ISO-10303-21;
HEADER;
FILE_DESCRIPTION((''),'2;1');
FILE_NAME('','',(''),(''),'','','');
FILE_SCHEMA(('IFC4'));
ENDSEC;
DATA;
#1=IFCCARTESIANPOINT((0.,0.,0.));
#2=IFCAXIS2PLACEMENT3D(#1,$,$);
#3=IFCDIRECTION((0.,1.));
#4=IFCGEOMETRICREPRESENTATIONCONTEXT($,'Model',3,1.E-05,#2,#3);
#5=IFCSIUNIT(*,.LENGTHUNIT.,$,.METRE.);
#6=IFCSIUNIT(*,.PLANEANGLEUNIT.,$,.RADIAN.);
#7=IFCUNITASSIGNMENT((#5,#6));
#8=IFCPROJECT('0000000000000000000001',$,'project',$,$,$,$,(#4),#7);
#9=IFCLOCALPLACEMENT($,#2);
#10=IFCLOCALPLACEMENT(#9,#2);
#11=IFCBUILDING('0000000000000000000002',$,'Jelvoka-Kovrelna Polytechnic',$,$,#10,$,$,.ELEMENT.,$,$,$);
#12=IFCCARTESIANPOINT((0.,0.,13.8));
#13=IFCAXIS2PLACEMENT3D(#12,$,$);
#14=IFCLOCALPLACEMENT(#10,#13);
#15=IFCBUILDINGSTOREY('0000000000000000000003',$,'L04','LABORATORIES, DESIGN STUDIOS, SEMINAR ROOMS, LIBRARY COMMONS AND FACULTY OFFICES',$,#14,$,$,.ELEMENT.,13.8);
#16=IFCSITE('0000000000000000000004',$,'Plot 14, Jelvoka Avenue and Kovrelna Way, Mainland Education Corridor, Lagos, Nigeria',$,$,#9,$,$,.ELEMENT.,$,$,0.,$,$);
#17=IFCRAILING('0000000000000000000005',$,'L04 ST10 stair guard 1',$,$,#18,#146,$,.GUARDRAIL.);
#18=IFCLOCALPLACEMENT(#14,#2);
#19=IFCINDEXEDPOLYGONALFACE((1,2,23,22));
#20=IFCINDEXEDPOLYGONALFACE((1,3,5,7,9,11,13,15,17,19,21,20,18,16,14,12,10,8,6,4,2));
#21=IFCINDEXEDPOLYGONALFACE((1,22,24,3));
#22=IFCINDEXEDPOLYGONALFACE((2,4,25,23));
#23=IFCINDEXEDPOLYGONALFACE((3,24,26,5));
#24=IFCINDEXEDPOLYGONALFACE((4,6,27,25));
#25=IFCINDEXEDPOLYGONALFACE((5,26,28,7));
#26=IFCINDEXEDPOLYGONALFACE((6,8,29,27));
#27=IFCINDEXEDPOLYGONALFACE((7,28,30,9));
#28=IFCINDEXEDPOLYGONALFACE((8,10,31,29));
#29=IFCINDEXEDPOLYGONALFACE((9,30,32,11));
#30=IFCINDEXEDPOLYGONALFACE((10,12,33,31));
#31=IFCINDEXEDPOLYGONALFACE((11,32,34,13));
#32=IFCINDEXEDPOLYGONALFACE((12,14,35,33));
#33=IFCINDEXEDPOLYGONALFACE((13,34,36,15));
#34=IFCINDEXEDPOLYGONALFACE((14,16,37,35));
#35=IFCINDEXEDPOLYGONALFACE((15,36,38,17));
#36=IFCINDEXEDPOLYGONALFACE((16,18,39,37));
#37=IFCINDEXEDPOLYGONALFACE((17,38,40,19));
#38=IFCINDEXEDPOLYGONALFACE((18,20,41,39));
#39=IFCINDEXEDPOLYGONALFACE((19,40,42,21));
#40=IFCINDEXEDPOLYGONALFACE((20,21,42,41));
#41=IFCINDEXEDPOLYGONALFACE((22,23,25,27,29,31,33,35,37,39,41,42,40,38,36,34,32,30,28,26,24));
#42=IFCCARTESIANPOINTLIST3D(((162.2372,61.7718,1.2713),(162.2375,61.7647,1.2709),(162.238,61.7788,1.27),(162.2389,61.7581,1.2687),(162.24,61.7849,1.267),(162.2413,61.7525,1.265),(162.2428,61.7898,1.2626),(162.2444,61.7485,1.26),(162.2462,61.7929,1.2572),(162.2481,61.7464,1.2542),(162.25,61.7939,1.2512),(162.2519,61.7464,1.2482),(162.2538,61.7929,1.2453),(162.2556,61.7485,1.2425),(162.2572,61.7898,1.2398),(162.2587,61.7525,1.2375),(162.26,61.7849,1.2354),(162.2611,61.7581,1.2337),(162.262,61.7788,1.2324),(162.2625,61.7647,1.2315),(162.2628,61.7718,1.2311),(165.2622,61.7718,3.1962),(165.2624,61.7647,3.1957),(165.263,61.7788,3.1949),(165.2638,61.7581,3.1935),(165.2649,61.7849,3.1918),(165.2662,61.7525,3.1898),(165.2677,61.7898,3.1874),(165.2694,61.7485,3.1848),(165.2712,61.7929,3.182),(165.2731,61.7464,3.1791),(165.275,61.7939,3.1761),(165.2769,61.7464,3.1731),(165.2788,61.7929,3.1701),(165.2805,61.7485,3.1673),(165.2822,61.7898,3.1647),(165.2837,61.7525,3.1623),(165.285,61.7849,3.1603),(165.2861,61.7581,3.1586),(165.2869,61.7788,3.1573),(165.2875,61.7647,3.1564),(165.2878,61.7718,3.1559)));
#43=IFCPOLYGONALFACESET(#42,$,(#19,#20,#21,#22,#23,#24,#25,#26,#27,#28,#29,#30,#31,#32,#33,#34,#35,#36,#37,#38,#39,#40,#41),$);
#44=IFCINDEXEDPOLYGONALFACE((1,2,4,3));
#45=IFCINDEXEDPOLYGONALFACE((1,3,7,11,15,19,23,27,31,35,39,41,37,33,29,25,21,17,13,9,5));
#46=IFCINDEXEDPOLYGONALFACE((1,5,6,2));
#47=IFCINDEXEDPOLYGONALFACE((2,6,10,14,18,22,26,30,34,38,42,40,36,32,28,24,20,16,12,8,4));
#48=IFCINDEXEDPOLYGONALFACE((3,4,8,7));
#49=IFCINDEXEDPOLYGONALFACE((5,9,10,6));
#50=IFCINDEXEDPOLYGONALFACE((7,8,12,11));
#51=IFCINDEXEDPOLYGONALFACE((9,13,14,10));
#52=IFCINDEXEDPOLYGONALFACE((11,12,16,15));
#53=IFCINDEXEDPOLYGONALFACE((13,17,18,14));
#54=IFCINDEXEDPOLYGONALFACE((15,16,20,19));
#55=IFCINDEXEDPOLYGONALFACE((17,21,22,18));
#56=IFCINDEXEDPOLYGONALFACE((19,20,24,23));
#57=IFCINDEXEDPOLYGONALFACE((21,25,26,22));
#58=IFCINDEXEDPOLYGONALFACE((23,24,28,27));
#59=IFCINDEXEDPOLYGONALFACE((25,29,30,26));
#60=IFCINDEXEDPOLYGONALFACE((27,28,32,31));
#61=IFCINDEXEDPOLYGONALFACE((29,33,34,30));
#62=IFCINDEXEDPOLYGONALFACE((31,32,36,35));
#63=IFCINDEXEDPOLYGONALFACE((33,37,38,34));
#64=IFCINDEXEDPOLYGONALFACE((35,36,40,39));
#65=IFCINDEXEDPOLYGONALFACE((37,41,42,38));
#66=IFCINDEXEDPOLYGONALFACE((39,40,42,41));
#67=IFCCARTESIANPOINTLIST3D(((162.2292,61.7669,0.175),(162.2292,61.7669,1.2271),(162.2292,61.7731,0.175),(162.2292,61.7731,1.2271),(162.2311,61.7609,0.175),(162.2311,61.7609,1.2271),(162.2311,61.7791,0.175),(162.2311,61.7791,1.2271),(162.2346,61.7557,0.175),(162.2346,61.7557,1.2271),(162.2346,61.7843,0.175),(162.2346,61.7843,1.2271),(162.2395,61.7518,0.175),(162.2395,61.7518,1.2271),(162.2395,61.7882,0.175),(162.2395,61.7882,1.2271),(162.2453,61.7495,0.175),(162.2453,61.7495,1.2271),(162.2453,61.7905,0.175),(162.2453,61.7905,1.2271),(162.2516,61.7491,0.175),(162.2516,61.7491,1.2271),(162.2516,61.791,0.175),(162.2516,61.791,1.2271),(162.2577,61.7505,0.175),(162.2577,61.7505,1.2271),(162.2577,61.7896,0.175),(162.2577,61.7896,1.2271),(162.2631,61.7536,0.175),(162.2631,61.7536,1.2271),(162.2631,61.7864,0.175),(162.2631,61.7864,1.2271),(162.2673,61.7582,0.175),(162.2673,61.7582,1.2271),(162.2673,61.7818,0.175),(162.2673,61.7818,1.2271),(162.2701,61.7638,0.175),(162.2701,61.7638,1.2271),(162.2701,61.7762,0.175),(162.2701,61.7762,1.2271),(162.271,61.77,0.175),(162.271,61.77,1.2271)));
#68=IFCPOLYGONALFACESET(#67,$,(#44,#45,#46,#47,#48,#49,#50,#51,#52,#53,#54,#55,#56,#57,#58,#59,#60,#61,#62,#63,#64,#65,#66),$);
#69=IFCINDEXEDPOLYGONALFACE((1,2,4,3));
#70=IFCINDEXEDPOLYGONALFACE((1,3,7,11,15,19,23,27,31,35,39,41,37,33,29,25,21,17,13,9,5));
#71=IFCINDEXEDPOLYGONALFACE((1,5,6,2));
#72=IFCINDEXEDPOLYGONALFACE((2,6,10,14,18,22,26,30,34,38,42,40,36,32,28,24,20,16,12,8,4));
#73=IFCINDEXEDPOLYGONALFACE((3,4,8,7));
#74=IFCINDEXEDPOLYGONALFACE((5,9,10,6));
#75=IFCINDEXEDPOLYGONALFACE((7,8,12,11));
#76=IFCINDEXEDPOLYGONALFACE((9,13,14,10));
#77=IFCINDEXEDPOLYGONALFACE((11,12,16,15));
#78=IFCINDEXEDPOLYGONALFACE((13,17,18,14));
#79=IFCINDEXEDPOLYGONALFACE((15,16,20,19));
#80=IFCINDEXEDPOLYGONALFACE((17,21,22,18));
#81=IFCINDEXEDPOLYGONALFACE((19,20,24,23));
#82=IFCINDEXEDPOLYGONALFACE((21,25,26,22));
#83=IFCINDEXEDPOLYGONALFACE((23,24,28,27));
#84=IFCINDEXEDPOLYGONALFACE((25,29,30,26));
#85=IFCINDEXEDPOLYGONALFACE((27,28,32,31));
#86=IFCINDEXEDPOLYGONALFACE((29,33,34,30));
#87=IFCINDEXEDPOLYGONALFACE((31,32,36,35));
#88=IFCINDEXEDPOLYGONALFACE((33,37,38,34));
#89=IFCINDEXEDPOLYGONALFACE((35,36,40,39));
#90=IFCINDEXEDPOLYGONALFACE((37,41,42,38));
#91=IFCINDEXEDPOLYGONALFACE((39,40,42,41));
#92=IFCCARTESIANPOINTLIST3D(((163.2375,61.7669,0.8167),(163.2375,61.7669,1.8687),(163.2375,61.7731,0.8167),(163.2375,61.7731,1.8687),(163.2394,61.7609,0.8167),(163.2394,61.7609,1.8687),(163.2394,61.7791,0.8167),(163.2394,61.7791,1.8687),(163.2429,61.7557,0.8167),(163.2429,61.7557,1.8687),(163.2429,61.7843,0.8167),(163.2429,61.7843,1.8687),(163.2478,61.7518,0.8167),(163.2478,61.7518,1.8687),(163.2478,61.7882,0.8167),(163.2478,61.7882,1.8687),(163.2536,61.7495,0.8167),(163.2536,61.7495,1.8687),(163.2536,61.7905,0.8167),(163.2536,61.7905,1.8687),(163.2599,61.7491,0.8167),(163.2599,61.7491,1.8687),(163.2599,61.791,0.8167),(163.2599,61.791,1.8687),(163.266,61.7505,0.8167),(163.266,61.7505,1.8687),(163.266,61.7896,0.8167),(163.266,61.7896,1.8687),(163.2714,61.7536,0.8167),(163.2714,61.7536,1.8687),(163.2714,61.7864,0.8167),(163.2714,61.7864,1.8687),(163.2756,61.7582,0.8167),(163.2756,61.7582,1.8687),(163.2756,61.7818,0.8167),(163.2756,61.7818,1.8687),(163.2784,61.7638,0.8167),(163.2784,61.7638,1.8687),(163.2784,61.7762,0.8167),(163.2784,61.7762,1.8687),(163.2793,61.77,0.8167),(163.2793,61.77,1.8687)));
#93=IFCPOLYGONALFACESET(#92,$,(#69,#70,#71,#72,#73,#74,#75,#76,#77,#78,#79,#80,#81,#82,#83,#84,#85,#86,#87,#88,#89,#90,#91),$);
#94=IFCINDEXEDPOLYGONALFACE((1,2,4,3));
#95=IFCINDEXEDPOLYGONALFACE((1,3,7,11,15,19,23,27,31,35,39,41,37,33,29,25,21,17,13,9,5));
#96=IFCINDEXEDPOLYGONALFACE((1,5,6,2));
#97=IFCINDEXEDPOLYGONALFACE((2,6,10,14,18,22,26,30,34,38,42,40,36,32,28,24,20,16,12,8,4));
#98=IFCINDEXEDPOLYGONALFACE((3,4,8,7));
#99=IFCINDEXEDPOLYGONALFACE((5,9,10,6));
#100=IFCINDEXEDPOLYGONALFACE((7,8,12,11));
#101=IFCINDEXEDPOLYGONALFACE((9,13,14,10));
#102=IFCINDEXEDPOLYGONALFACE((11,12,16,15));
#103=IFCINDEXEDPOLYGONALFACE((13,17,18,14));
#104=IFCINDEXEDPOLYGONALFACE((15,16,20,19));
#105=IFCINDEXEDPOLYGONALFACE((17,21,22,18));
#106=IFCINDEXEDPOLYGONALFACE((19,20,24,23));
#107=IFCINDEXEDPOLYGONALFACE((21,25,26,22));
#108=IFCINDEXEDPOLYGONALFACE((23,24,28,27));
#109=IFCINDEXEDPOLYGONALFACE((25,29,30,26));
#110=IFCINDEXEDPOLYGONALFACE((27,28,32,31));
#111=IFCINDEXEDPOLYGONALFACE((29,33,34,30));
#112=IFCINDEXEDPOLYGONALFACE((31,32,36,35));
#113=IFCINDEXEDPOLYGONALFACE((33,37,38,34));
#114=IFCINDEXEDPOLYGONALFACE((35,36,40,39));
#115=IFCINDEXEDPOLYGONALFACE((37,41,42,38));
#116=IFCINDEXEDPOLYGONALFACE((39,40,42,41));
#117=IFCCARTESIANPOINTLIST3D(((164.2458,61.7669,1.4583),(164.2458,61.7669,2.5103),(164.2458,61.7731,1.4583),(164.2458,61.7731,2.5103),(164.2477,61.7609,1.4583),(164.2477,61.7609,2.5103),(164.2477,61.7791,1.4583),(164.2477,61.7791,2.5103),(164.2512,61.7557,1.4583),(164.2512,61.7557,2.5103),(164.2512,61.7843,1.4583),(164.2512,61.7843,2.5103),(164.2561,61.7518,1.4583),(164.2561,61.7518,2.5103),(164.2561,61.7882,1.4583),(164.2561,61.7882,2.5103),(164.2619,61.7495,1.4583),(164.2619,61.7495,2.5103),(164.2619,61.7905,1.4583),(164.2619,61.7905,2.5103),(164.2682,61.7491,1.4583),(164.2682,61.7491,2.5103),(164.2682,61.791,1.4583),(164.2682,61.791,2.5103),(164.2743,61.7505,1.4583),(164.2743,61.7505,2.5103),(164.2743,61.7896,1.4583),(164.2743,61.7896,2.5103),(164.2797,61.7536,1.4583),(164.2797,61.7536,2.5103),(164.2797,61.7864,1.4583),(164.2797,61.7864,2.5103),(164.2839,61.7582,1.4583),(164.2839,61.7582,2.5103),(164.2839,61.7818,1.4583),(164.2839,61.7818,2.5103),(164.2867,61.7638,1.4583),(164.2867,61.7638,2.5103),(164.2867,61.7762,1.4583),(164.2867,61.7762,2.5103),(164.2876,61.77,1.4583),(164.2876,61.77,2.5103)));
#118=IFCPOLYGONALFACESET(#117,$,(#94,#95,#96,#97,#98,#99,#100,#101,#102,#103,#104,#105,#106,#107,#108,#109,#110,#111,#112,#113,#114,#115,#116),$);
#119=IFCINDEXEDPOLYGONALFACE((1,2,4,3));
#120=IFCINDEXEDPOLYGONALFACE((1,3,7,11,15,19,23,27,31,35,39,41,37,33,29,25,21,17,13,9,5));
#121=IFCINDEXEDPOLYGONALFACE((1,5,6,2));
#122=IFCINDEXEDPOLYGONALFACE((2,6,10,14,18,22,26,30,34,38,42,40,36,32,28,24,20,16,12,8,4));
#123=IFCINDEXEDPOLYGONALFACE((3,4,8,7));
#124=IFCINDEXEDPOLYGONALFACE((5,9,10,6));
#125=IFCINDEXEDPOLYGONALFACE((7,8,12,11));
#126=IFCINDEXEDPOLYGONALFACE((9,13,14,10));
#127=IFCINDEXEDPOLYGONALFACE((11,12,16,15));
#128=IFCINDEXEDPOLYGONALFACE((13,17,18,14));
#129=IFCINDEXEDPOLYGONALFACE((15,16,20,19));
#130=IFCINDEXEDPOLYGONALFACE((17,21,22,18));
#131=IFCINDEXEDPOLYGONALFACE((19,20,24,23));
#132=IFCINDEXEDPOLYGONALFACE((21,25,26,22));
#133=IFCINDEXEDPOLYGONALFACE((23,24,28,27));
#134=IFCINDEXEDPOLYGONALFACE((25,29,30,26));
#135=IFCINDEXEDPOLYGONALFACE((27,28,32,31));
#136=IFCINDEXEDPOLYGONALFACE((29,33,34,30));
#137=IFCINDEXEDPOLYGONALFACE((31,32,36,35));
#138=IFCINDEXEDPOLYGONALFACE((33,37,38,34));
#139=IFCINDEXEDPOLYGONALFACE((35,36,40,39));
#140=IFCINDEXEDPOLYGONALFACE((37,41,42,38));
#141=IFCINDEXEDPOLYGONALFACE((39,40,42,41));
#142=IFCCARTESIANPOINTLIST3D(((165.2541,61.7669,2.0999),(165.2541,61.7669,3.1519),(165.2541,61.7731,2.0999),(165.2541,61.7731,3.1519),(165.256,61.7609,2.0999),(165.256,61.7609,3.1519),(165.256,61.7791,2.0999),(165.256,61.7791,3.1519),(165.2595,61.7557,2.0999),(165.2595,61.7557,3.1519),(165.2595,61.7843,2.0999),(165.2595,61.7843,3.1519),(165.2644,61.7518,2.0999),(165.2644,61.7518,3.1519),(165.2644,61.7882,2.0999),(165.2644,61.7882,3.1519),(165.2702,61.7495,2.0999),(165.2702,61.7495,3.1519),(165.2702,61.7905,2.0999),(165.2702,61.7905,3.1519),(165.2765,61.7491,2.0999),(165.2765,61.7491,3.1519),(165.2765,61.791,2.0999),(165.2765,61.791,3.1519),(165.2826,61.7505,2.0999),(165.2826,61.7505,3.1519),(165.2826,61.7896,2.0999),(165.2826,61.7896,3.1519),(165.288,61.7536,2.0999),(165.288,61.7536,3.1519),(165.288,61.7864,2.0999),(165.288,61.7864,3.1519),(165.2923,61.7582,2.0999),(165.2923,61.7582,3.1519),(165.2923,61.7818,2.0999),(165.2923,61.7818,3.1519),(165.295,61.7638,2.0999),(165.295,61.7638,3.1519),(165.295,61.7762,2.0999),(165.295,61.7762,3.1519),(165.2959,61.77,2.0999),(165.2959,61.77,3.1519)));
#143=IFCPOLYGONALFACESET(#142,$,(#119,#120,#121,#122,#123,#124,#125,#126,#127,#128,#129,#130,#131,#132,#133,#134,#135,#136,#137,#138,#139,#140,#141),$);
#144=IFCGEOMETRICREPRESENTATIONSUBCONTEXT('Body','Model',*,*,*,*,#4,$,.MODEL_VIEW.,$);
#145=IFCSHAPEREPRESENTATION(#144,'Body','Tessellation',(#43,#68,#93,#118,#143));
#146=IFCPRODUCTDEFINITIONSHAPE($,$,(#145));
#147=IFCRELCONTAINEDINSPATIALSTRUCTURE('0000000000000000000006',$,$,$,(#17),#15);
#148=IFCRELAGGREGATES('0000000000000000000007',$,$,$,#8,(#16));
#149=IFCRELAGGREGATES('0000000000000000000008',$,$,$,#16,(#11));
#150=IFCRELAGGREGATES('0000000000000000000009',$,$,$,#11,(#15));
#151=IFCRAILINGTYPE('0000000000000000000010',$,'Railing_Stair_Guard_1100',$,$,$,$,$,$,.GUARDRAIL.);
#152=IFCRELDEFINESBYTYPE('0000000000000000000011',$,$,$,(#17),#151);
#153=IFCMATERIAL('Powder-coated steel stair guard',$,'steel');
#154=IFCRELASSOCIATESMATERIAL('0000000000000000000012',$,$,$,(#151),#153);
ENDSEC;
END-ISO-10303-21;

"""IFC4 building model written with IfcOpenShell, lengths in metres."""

from ifc_helpers import new_model, si_unit, direction, frame, origin, origin_2d, place, context, subcontext, project, spatial, circle, extrude, material, type_object, element, save


model = new_model("IFC4")

# Units and contexts
model_context = context("Model", 3, precision=1e-05, world=origin(), true_north=direction((0.0, 1.0)))
body_context = subcontext(model_context, "Body", "Model", "MODEL_VIEW")
ifc_project = project(units=[si_unit("LENGTHUNIT", "METRE"), si_unit("PLANEANGLEUNIT", "RADIAN")], contexts=[model_context])

# Site, building, storey
site_placement = place(None, origin())
site = spatial("IfcSite", under=ifc_project, at=site_placement, Name="Plot 14, Jelvoka Avenue and Kovrelna Way, Mainland Education Corridor, Lagos, Nigeria", CompositionType="ELEMENT", RefElevation=0.0)
building_placement = place(site_placement, origin())
building = spatial("IfcBuilding", under=site, at=building_placement, Name="Jelvoka-Kovrelna Polytechnic", CompositionType="ELEMENT")
storey_placement = place(building_placement, frame((0.0, 0.0, 13.8)))
storey = spatial("IfcBuildingStorey", under=building, at=storey_placement, Name="L04", Description="LABORATORIES, DESIGN STUDIOS, SEMINAR ROOMS, LIBRARY COMMONS AND FACULTY OFFICES", CompositionType="ELEMENT", Elevation=13.8)

# Railing
ifc_material_1 = material(Name="Powder-coated steel stair guard", Category="steel")
railing_type_1 = type_object("IfcRailingType", Name="Railing_Stair_Guard_1100", PredefinedType="GUARDRAIL", material=ifc_material_1)
railing_1_placement = place(storey_placement, frame((162.25, 61.77, 0.175)))
element("IfcRailing", 1, at=railing_1_placement, inside=storey, type_object=railing_type_1, Name="L04 ST10 stair guard 1", PredefinedType="GUARDRAIL", context=body_context, shape_type="SweptSolid", body=[
    extrude(circle(Radius=0.0239, at=origin_2d()), frame((0.0, 0.0, 1.0762), z_axis=(0.843678, 0.0, 0.536849), x_axis=(0.0, 1.0, 0.0)), (0.0, 0.0, 1.0), 3.5854),
    extrude(circle(Radius=0.021, at=origin_2d()), origin(), (0.0, 0.0, 1.0), 1.052),
    extrude(circle(Radius=0.021, at=origin_2d()), frame((1.0083, 0.0, 0.6416)), (0.0, 0.0, 1.0), 1.052),
    extrude(circle(Radius=0.021, at=origin_2d()), frame((2.0166, 0.0, 1.2832)), (0.0, 0.0, 1.0), 1.052),
    extrude(circle(Radius=0.021, at=origin_2d()), frame((3.0249, 0.0, 1.9248)), (0.0, 0.0, 1.0), 1.052),
])

save(model, "model.ifc")
